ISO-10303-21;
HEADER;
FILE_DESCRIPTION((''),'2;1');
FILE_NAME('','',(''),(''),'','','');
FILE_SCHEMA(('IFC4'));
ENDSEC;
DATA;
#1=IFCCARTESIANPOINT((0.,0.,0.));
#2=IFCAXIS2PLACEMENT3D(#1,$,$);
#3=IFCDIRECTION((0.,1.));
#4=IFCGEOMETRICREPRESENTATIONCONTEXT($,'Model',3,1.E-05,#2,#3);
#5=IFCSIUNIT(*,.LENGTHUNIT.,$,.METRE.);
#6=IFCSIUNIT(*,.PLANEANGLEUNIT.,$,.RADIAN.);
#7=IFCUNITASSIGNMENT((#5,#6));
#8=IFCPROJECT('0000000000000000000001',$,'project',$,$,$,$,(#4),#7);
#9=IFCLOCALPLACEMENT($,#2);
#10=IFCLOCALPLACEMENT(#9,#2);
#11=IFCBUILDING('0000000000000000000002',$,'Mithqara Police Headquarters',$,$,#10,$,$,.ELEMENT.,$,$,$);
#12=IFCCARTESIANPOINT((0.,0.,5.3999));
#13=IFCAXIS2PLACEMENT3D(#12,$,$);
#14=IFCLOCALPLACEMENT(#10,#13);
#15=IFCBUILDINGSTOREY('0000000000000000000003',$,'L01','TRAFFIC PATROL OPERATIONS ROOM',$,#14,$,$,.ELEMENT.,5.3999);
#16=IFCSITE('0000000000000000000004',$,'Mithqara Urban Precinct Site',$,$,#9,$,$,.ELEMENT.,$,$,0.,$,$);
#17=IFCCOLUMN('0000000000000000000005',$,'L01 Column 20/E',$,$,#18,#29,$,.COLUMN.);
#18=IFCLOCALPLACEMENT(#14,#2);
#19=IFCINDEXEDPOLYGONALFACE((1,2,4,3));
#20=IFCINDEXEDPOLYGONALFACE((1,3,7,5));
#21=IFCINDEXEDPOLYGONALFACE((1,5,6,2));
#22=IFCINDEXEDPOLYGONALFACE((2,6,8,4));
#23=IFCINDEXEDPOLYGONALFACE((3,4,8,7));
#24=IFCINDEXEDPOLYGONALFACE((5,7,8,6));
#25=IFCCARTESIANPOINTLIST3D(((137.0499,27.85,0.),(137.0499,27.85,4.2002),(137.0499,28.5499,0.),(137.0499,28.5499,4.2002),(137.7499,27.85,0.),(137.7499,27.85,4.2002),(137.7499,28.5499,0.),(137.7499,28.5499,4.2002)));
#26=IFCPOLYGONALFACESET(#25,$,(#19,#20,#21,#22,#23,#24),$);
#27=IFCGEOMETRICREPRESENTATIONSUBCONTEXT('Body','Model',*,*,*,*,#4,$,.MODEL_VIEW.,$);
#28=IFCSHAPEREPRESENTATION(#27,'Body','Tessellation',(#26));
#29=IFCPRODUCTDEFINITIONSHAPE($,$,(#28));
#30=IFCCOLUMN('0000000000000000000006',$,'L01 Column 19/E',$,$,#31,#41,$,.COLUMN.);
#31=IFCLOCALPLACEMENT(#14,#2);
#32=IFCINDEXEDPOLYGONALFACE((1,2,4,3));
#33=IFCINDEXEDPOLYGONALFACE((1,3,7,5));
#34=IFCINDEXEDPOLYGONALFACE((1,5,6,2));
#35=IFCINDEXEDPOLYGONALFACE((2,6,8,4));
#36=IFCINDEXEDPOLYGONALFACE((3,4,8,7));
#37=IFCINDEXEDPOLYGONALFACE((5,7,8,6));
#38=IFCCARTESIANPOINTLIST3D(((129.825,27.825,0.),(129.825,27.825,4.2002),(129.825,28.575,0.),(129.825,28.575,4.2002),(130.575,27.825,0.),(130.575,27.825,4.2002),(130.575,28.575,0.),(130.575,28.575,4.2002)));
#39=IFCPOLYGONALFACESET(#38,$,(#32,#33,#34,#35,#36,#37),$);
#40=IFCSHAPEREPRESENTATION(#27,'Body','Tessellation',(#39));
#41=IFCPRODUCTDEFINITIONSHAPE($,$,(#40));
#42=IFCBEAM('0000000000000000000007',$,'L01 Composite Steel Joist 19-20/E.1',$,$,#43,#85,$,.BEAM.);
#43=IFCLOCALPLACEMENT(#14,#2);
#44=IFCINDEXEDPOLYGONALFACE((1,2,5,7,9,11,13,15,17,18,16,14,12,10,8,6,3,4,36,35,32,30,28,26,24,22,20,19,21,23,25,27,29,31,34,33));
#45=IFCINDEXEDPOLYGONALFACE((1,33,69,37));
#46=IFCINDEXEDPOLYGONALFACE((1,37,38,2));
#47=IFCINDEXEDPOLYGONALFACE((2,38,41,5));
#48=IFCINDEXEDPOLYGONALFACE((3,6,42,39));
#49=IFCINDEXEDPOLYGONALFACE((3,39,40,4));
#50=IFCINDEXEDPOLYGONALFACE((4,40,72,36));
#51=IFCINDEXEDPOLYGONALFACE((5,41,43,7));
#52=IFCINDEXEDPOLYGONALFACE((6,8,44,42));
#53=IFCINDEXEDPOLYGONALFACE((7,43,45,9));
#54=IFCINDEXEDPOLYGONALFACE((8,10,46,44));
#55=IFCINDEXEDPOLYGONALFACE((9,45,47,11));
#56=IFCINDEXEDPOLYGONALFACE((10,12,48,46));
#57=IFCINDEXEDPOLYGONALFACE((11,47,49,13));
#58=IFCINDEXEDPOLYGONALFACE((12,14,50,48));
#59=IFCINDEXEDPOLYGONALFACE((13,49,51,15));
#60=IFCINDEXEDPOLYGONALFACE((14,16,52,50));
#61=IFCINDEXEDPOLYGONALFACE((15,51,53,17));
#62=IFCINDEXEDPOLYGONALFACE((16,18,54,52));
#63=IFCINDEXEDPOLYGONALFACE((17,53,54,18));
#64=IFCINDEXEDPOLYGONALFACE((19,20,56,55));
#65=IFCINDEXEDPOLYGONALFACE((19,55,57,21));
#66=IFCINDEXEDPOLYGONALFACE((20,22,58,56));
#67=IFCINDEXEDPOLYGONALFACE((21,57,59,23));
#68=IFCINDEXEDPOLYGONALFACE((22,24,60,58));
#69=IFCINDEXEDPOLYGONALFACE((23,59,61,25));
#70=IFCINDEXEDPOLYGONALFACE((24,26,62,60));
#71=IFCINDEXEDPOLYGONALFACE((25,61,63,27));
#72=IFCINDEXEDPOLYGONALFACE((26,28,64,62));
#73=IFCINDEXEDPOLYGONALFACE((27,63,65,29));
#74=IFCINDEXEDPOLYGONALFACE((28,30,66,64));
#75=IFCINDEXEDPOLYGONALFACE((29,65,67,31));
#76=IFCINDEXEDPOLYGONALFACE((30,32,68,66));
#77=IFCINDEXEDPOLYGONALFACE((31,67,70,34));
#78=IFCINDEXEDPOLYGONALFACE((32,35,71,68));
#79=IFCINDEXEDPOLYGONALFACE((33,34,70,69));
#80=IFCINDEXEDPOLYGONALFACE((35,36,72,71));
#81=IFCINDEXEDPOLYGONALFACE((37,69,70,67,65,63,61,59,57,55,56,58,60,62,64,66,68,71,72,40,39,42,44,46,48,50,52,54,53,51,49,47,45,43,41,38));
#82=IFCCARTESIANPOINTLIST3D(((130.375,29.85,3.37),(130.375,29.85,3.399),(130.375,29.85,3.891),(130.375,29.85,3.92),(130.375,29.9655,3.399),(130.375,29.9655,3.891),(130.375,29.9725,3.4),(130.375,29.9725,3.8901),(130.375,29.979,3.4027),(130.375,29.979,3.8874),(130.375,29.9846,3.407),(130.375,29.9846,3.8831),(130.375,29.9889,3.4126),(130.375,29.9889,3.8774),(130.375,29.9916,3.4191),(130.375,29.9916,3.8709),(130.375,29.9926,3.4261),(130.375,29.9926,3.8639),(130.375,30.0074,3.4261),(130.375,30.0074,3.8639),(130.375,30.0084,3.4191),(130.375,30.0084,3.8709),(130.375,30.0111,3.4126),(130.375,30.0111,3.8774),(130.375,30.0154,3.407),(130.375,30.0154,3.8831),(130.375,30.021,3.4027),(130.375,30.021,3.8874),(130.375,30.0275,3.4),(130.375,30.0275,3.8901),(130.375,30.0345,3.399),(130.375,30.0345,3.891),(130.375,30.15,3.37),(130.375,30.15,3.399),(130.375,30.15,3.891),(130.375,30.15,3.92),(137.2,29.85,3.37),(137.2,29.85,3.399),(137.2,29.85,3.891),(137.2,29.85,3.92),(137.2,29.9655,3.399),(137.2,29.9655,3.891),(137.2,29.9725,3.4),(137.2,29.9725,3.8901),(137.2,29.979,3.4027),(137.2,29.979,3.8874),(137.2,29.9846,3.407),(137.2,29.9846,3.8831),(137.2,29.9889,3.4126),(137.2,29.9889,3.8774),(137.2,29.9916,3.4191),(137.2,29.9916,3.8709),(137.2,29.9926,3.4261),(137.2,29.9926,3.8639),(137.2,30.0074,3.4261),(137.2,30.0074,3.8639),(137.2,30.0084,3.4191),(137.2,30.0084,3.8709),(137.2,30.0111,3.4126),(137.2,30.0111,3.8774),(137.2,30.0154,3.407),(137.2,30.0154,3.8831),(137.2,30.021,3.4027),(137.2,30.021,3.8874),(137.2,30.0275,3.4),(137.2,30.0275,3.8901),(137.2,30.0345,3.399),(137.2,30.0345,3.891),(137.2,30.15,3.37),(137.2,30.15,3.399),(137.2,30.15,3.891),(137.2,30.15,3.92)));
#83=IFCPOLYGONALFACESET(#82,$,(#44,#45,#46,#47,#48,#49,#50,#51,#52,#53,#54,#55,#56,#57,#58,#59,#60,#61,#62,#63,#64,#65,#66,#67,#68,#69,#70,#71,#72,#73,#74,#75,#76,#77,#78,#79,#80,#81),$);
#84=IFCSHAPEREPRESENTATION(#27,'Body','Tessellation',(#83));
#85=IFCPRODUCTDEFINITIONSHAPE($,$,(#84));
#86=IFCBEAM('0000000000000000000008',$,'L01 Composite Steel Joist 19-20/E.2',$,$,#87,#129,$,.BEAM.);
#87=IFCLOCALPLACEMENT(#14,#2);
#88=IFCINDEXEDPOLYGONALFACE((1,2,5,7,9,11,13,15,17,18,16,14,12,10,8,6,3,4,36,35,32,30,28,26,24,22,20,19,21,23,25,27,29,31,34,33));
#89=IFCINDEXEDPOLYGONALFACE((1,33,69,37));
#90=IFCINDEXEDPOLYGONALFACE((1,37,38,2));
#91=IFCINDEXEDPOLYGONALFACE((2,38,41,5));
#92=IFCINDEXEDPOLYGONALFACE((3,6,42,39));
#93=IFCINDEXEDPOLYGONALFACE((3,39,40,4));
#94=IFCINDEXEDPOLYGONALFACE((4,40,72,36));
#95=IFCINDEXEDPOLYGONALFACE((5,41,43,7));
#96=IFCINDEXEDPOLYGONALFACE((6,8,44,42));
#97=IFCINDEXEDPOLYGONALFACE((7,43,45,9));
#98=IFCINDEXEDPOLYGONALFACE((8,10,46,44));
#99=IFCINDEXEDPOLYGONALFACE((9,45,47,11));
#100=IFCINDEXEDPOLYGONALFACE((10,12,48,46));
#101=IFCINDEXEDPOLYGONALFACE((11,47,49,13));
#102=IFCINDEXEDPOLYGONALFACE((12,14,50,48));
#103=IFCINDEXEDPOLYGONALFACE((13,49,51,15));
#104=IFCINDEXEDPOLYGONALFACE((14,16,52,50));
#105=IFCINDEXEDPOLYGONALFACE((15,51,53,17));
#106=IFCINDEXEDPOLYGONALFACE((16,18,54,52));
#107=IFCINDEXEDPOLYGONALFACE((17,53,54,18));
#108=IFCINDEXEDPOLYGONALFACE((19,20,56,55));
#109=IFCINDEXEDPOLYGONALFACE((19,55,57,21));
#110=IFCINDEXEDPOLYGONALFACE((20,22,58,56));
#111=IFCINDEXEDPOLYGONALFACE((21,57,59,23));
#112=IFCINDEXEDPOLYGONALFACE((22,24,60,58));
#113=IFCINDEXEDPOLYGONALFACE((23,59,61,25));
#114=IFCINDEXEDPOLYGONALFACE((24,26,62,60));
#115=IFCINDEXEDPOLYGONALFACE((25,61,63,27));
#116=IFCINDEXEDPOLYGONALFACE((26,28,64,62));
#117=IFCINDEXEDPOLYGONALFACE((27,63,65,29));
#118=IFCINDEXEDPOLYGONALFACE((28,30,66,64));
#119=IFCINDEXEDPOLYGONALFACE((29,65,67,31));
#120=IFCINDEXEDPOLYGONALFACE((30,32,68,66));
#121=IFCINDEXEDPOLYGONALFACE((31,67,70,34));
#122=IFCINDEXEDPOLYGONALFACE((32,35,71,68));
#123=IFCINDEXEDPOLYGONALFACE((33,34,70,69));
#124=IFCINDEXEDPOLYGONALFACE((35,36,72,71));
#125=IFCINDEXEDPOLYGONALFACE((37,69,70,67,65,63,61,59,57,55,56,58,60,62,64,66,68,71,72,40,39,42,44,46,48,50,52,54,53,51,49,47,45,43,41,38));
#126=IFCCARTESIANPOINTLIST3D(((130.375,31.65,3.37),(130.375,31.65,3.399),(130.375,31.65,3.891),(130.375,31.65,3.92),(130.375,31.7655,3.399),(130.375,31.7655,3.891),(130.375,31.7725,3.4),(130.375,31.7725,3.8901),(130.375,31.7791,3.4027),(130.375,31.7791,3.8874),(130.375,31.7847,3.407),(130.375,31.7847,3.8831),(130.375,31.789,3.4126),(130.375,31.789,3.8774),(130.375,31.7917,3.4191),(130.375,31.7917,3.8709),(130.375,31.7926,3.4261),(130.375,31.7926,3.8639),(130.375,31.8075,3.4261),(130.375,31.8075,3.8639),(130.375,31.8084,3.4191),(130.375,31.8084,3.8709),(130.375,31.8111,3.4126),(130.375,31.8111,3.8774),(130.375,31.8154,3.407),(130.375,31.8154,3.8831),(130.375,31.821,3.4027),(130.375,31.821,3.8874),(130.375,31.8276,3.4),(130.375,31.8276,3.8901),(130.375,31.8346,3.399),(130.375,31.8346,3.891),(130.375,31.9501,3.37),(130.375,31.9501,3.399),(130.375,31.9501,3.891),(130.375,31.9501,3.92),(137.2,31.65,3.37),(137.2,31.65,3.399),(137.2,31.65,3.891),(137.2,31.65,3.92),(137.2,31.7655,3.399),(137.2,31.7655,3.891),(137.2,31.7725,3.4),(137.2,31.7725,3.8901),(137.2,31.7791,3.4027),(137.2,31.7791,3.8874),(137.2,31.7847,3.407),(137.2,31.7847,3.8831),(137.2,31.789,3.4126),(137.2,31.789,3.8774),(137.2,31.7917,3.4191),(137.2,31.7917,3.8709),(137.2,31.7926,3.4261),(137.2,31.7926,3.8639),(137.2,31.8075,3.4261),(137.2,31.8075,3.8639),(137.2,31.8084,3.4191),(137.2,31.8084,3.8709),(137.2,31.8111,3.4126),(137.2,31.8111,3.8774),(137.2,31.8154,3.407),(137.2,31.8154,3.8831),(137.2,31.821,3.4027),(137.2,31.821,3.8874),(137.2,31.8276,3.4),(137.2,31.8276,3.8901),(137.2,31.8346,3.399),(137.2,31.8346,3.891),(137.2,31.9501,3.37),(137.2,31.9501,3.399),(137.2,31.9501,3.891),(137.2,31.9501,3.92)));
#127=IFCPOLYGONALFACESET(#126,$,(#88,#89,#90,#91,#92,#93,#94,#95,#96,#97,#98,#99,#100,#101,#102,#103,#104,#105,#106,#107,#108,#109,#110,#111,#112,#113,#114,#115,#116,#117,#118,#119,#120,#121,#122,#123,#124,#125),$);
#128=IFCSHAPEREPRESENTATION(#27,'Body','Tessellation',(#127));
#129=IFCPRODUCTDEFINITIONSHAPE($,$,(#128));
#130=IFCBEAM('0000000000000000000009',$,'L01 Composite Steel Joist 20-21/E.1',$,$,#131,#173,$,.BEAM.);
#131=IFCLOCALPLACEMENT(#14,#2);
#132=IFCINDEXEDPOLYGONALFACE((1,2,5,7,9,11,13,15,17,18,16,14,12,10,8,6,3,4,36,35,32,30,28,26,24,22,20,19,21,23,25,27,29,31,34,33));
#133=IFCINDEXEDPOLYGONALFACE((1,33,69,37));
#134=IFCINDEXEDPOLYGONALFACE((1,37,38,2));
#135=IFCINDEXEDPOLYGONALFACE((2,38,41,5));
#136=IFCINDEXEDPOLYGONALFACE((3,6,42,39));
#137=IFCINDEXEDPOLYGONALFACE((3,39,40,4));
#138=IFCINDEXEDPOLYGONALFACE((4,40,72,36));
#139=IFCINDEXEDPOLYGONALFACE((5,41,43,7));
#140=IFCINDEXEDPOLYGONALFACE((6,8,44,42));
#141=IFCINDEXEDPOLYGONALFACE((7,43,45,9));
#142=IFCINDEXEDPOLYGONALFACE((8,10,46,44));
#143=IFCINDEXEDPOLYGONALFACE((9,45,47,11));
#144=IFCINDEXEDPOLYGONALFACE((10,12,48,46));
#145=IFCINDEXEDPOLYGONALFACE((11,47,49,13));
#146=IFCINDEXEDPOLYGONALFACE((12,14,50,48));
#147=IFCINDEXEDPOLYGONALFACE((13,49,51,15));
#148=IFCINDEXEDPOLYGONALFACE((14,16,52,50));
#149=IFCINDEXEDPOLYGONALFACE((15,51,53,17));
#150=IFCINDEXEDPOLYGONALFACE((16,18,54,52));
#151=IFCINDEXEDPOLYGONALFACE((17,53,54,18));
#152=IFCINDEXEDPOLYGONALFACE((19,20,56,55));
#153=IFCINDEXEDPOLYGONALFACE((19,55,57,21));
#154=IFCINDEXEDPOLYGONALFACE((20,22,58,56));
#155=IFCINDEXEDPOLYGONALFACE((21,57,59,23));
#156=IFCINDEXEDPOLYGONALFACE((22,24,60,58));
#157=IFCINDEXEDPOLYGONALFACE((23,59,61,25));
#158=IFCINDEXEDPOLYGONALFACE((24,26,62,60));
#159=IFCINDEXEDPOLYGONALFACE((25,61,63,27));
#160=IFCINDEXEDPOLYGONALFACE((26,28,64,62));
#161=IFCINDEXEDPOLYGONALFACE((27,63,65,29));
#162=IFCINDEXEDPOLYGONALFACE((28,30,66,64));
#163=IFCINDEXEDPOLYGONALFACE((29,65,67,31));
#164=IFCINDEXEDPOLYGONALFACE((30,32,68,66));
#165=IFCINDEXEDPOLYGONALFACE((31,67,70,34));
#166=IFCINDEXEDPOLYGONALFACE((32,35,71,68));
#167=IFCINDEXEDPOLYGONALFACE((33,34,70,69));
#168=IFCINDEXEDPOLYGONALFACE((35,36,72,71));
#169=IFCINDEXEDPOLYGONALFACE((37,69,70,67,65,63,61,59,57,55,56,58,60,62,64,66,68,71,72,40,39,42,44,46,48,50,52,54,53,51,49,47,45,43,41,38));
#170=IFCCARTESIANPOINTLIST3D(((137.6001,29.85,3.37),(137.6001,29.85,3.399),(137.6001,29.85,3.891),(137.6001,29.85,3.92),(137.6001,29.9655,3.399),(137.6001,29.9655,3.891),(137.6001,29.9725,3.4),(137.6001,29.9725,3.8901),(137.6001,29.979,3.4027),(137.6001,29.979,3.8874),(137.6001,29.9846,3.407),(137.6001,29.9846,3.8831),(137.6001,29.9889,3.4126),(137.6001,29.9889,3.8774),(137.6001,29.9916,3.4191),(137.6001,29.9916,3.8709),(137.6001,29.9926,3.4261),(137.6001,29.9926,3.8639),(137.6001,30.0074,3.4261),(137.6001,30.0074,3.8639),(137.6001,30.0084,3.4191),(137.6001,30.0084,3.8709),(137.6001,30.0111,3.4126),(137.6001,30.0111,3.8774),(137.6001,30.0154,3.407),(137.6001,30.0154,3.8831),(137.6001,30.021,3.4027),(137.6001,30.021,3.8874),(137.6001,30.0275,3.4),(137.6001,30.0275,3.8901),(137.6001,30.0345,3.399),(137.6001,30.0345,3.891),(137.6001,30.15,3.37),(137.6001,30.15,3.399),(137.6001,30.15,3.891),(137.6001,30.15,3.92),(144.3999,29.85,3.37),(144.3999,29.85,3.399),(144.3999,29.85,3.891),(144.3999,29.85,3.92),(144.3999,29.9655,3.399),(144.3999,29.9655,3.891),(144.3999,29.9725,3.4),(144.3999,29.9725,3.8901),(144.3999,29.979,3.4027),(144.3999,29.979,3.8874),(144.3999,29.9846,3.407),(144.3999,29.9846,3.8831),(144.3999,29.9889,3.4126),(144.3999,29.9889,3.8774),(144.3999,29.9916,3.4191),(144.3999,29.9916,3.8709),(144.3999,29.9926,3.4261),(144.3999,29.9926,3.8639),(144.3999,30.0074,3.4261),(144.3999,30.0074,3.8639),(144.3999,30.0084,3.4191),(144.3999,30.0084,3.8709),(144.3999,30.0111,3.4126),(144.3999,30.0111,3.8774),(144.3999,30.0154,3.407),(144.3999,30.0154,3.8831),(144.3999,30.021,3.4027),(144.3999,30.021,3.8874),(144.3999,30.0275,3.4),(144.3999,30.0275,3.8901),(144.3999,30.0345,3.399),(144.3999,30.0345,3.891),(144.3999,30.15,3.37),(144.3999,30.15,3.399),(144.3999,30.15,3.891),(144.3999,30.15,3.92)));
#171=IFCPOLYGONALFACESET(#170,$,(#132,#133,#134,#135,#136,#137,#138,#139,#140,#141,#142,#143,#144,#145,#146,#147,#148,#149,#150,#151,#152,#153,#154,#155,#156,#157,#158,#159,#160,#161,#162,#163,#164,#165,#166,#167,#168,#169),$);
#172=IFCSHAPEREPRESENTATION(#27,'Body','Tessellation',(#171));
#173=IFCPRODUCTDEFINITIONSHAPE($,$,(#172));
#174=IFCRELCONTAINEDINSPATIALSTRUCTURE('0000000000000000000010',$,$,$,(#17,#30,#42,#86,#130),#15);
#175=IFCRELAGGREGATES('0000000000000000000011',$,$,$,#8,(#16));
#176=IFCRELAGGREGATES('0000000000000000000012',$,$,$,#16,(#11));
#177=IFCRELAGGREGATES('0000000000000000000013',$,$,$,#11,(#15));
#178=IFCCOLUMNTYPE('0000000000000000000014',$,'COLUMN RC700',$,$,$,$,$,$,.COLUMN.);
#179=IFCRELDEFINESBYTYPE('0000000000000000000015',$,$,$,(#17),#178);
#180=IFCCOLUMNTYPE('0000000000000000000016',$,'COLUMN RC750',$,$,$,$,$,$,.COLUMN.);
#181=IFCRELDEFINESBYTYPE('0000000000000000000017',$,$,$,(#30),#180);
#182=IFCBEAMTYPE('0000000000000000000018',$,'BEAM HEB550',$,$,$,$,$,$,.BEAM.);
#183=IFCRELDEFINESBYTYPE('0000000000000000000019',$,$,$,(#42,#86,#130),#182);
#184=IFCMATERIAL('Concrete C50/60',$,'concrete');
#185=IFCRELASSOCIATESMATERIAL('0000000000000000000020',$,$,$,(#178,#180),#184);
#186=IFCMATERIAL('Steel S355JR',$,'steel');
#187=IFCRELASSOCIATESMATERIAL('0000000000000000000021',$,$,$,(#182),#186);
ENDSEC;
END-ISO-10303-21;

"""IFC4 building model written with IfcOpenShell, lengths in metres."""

from ifc_helpers import new_model, si_unit, direction, frame, origin, origin_2d, place, context, subcontext, project, spatial, rectangle, i_section, extrude, material, material_profile, profile_set, type_object, element, save


model = new_model("IFC4")

# Units and contexts
model_context = context("Model", 3, precision=1e-05, world=origin(), true_north=direction((0.0, 1.0)))
body_context = subcontext(model_context, "Body", "Model", "MODEL_VIEW")
ifc_project = project(units=[si_unit("LENGTHUNIT", "METRE"), si_unit("PLANEANGLEUNIT", "RADIAN")], contexts=[model_context])

# Site, building, storey
site_placement = place(None, origin())
site = spatial("IfcSite", under=ifc_project, at=site_placement, Name="Mithqara Urban Precinct Site", CompositionType="ELEMENT", RefElevation=0.0)
building_placement = place(site_placement, origin())
building = spatial("IfcBuilding", under=site, at=building_placement, Name="Mithqara Police Headquarters", CompositionType="ELEMENT")
storey_placement = place(building_placement, frame((0.0, 0.0, 5.3999)))
storey = spatial("IfcBuildingStorey", under=building, at=storey_placement, Name="L01", Description="TRAFFIC PATROL OPERATIONS ROOM", CompositionType="ELEMENT", Elevation=5.3999)

# Columns
ifc_material_1 = material(Name="Concrete C50/60", Category="concrete")
ifc_material_profile_1 = material_profile(ifc_material_1, rectangle(XDim=0.7, YDim=0.7, at=origin_2d()), Name="RC 700x700")
ifc_profile_set_1 = profile_set([ifc_material_profile_1], Name="Concrete C50/60")
column_type_1 = type_object("IfcColumnType", Name="COLUMN RC700", PredefinedType="COLUMN", material=ifc_profile_set_1)
column_1_placement = place(storey_placement, frame((137.3999, 28.2, 0.0), z_axis=(0.0, 0.0, 1.0), x_axis=(1.0, 0.0, 0.0)))
element("IfcColumn", 1, at=column_1_placement, inside=storey, type_object=column_type_1, Name="L01 Column 20/E", PredefinedType="COLUMN", context=body_context, shape_type="SweptSolid", body=[
    extrude(rectangle(XDim=0.7, YDim=0.7, at=origin_2d()), origin(), (0.0, 0.0, 1.0), 4.2002),
])
ifc_material_profile_2 = material_profile(ifc_material_1, rectangle(XDim=0.75, YDim=0.75, at=origin_2d()), Name="RC 750x750")
ifc_profile_set_2 = profile_set([ifc_material_profile_2], Name="Concrete C50/60")
column_type_2 = type_object("IfcColumnType", Name="COLUMN RC750", PredefinedType="COLUMN", material=ifc_profile_set_2)
column_2_placement = place(storey_placement, frame((130.2, 28.2, 0.0), z_axis=(0.0, 0.0, 1.0), x_axis=(1.0, 0.0, 0.0)))
element("IfcColumn", 2, at=column_2_placement, inside=storey, type_object=column_type_2, Name="L01 Column 19/E", PredefinedType="COLUMN", context=body_context, shape_type="SweptSolid", body=[
    extrude(rectangle(XDim=0.75, YDim=0.75, at=origin_2d()), origin(), (0.0, 0.0, 1.0), 4.2002),
])

# Beams
ifc_material_2 = material(Name="Steel S355JR", Category="steel")
ifc_material_profile_3 = material_profile(ifc_material_2, i_section(OverallWidth=0.3, OverallDepth=0.55, WebThickness=0.0149, FlangeThickness=0.0291, FilletRadius=0.0271, at=origin_2d()), Name="HEB 550")
ifc_profile_set_3 = profile_set([ifc_material_profile_3], Name="Steel S355JR")
beam_type_1 = type_object("IfcBeamType", Name="BEAM HEB550", PredefinedType="BEAM", material=ifc_profile_set_3)
for number, where, z_axis, x_axis, name in (
    (3, (130.375, 30.0, 3.645), (1.0, 0.0, 0.0), (0.0, 1.0, 0.0), "L01 Composite Steel Joist 19-20/E.1"),
    (4, (130.375, 31.8, 3.645), (1.0, 0.0, 0.0), (0.0, 1.0, 0.0), "L01 Composite Steel Joist 19-20/E.2"),
):
    element("IfcBeam", number, at=place(storey_placement, frame(where, z_axis=z_axis, x_axis=x_axis)), inside=storey, type_object=beam_type_1, Name=name, PredefinedType="BEAM", context=body_context, shape_type="SweptSolid", body=[
        extrude(i_section(OverallWidth=0.3, OverallDepth=0.55, WebThickness=0.0149, FlangeThickness=0.0291, FilletRadius=0.0271, at=origin_2d()), origin(), (0.0, 0.0, 1.0), 6.825),
    ])
for number, where, z_axis, x_axis, name in (
    (5, (137.6001, 30.0, 3.645), (1.0, 0.0, 0.0), (0.0, 1.0, 0.0), "L01 Composite Steel Joist 20-21/E.1"),
):
    element("IfcBeam", number, at=place(storey_placement, frame(where, z_axis=z_axis, x_axis=x_axis)), inside=storey, type_object=beam_type_1, Name=name, PredefinedType="BEAM", context=body_context, shape_type="SweptSolid", body=[
        extrude(i_section(OverallWidth=0.3, OverallDepth=0.55, WebThickness=0.0149, FlangeThickness=0.0291, FilletRadius=0.0271, at=origin_2d()), origin(), (0.0, 0.0, 1.0), 6.7998),
    ])

save(model, "model.ifc")
